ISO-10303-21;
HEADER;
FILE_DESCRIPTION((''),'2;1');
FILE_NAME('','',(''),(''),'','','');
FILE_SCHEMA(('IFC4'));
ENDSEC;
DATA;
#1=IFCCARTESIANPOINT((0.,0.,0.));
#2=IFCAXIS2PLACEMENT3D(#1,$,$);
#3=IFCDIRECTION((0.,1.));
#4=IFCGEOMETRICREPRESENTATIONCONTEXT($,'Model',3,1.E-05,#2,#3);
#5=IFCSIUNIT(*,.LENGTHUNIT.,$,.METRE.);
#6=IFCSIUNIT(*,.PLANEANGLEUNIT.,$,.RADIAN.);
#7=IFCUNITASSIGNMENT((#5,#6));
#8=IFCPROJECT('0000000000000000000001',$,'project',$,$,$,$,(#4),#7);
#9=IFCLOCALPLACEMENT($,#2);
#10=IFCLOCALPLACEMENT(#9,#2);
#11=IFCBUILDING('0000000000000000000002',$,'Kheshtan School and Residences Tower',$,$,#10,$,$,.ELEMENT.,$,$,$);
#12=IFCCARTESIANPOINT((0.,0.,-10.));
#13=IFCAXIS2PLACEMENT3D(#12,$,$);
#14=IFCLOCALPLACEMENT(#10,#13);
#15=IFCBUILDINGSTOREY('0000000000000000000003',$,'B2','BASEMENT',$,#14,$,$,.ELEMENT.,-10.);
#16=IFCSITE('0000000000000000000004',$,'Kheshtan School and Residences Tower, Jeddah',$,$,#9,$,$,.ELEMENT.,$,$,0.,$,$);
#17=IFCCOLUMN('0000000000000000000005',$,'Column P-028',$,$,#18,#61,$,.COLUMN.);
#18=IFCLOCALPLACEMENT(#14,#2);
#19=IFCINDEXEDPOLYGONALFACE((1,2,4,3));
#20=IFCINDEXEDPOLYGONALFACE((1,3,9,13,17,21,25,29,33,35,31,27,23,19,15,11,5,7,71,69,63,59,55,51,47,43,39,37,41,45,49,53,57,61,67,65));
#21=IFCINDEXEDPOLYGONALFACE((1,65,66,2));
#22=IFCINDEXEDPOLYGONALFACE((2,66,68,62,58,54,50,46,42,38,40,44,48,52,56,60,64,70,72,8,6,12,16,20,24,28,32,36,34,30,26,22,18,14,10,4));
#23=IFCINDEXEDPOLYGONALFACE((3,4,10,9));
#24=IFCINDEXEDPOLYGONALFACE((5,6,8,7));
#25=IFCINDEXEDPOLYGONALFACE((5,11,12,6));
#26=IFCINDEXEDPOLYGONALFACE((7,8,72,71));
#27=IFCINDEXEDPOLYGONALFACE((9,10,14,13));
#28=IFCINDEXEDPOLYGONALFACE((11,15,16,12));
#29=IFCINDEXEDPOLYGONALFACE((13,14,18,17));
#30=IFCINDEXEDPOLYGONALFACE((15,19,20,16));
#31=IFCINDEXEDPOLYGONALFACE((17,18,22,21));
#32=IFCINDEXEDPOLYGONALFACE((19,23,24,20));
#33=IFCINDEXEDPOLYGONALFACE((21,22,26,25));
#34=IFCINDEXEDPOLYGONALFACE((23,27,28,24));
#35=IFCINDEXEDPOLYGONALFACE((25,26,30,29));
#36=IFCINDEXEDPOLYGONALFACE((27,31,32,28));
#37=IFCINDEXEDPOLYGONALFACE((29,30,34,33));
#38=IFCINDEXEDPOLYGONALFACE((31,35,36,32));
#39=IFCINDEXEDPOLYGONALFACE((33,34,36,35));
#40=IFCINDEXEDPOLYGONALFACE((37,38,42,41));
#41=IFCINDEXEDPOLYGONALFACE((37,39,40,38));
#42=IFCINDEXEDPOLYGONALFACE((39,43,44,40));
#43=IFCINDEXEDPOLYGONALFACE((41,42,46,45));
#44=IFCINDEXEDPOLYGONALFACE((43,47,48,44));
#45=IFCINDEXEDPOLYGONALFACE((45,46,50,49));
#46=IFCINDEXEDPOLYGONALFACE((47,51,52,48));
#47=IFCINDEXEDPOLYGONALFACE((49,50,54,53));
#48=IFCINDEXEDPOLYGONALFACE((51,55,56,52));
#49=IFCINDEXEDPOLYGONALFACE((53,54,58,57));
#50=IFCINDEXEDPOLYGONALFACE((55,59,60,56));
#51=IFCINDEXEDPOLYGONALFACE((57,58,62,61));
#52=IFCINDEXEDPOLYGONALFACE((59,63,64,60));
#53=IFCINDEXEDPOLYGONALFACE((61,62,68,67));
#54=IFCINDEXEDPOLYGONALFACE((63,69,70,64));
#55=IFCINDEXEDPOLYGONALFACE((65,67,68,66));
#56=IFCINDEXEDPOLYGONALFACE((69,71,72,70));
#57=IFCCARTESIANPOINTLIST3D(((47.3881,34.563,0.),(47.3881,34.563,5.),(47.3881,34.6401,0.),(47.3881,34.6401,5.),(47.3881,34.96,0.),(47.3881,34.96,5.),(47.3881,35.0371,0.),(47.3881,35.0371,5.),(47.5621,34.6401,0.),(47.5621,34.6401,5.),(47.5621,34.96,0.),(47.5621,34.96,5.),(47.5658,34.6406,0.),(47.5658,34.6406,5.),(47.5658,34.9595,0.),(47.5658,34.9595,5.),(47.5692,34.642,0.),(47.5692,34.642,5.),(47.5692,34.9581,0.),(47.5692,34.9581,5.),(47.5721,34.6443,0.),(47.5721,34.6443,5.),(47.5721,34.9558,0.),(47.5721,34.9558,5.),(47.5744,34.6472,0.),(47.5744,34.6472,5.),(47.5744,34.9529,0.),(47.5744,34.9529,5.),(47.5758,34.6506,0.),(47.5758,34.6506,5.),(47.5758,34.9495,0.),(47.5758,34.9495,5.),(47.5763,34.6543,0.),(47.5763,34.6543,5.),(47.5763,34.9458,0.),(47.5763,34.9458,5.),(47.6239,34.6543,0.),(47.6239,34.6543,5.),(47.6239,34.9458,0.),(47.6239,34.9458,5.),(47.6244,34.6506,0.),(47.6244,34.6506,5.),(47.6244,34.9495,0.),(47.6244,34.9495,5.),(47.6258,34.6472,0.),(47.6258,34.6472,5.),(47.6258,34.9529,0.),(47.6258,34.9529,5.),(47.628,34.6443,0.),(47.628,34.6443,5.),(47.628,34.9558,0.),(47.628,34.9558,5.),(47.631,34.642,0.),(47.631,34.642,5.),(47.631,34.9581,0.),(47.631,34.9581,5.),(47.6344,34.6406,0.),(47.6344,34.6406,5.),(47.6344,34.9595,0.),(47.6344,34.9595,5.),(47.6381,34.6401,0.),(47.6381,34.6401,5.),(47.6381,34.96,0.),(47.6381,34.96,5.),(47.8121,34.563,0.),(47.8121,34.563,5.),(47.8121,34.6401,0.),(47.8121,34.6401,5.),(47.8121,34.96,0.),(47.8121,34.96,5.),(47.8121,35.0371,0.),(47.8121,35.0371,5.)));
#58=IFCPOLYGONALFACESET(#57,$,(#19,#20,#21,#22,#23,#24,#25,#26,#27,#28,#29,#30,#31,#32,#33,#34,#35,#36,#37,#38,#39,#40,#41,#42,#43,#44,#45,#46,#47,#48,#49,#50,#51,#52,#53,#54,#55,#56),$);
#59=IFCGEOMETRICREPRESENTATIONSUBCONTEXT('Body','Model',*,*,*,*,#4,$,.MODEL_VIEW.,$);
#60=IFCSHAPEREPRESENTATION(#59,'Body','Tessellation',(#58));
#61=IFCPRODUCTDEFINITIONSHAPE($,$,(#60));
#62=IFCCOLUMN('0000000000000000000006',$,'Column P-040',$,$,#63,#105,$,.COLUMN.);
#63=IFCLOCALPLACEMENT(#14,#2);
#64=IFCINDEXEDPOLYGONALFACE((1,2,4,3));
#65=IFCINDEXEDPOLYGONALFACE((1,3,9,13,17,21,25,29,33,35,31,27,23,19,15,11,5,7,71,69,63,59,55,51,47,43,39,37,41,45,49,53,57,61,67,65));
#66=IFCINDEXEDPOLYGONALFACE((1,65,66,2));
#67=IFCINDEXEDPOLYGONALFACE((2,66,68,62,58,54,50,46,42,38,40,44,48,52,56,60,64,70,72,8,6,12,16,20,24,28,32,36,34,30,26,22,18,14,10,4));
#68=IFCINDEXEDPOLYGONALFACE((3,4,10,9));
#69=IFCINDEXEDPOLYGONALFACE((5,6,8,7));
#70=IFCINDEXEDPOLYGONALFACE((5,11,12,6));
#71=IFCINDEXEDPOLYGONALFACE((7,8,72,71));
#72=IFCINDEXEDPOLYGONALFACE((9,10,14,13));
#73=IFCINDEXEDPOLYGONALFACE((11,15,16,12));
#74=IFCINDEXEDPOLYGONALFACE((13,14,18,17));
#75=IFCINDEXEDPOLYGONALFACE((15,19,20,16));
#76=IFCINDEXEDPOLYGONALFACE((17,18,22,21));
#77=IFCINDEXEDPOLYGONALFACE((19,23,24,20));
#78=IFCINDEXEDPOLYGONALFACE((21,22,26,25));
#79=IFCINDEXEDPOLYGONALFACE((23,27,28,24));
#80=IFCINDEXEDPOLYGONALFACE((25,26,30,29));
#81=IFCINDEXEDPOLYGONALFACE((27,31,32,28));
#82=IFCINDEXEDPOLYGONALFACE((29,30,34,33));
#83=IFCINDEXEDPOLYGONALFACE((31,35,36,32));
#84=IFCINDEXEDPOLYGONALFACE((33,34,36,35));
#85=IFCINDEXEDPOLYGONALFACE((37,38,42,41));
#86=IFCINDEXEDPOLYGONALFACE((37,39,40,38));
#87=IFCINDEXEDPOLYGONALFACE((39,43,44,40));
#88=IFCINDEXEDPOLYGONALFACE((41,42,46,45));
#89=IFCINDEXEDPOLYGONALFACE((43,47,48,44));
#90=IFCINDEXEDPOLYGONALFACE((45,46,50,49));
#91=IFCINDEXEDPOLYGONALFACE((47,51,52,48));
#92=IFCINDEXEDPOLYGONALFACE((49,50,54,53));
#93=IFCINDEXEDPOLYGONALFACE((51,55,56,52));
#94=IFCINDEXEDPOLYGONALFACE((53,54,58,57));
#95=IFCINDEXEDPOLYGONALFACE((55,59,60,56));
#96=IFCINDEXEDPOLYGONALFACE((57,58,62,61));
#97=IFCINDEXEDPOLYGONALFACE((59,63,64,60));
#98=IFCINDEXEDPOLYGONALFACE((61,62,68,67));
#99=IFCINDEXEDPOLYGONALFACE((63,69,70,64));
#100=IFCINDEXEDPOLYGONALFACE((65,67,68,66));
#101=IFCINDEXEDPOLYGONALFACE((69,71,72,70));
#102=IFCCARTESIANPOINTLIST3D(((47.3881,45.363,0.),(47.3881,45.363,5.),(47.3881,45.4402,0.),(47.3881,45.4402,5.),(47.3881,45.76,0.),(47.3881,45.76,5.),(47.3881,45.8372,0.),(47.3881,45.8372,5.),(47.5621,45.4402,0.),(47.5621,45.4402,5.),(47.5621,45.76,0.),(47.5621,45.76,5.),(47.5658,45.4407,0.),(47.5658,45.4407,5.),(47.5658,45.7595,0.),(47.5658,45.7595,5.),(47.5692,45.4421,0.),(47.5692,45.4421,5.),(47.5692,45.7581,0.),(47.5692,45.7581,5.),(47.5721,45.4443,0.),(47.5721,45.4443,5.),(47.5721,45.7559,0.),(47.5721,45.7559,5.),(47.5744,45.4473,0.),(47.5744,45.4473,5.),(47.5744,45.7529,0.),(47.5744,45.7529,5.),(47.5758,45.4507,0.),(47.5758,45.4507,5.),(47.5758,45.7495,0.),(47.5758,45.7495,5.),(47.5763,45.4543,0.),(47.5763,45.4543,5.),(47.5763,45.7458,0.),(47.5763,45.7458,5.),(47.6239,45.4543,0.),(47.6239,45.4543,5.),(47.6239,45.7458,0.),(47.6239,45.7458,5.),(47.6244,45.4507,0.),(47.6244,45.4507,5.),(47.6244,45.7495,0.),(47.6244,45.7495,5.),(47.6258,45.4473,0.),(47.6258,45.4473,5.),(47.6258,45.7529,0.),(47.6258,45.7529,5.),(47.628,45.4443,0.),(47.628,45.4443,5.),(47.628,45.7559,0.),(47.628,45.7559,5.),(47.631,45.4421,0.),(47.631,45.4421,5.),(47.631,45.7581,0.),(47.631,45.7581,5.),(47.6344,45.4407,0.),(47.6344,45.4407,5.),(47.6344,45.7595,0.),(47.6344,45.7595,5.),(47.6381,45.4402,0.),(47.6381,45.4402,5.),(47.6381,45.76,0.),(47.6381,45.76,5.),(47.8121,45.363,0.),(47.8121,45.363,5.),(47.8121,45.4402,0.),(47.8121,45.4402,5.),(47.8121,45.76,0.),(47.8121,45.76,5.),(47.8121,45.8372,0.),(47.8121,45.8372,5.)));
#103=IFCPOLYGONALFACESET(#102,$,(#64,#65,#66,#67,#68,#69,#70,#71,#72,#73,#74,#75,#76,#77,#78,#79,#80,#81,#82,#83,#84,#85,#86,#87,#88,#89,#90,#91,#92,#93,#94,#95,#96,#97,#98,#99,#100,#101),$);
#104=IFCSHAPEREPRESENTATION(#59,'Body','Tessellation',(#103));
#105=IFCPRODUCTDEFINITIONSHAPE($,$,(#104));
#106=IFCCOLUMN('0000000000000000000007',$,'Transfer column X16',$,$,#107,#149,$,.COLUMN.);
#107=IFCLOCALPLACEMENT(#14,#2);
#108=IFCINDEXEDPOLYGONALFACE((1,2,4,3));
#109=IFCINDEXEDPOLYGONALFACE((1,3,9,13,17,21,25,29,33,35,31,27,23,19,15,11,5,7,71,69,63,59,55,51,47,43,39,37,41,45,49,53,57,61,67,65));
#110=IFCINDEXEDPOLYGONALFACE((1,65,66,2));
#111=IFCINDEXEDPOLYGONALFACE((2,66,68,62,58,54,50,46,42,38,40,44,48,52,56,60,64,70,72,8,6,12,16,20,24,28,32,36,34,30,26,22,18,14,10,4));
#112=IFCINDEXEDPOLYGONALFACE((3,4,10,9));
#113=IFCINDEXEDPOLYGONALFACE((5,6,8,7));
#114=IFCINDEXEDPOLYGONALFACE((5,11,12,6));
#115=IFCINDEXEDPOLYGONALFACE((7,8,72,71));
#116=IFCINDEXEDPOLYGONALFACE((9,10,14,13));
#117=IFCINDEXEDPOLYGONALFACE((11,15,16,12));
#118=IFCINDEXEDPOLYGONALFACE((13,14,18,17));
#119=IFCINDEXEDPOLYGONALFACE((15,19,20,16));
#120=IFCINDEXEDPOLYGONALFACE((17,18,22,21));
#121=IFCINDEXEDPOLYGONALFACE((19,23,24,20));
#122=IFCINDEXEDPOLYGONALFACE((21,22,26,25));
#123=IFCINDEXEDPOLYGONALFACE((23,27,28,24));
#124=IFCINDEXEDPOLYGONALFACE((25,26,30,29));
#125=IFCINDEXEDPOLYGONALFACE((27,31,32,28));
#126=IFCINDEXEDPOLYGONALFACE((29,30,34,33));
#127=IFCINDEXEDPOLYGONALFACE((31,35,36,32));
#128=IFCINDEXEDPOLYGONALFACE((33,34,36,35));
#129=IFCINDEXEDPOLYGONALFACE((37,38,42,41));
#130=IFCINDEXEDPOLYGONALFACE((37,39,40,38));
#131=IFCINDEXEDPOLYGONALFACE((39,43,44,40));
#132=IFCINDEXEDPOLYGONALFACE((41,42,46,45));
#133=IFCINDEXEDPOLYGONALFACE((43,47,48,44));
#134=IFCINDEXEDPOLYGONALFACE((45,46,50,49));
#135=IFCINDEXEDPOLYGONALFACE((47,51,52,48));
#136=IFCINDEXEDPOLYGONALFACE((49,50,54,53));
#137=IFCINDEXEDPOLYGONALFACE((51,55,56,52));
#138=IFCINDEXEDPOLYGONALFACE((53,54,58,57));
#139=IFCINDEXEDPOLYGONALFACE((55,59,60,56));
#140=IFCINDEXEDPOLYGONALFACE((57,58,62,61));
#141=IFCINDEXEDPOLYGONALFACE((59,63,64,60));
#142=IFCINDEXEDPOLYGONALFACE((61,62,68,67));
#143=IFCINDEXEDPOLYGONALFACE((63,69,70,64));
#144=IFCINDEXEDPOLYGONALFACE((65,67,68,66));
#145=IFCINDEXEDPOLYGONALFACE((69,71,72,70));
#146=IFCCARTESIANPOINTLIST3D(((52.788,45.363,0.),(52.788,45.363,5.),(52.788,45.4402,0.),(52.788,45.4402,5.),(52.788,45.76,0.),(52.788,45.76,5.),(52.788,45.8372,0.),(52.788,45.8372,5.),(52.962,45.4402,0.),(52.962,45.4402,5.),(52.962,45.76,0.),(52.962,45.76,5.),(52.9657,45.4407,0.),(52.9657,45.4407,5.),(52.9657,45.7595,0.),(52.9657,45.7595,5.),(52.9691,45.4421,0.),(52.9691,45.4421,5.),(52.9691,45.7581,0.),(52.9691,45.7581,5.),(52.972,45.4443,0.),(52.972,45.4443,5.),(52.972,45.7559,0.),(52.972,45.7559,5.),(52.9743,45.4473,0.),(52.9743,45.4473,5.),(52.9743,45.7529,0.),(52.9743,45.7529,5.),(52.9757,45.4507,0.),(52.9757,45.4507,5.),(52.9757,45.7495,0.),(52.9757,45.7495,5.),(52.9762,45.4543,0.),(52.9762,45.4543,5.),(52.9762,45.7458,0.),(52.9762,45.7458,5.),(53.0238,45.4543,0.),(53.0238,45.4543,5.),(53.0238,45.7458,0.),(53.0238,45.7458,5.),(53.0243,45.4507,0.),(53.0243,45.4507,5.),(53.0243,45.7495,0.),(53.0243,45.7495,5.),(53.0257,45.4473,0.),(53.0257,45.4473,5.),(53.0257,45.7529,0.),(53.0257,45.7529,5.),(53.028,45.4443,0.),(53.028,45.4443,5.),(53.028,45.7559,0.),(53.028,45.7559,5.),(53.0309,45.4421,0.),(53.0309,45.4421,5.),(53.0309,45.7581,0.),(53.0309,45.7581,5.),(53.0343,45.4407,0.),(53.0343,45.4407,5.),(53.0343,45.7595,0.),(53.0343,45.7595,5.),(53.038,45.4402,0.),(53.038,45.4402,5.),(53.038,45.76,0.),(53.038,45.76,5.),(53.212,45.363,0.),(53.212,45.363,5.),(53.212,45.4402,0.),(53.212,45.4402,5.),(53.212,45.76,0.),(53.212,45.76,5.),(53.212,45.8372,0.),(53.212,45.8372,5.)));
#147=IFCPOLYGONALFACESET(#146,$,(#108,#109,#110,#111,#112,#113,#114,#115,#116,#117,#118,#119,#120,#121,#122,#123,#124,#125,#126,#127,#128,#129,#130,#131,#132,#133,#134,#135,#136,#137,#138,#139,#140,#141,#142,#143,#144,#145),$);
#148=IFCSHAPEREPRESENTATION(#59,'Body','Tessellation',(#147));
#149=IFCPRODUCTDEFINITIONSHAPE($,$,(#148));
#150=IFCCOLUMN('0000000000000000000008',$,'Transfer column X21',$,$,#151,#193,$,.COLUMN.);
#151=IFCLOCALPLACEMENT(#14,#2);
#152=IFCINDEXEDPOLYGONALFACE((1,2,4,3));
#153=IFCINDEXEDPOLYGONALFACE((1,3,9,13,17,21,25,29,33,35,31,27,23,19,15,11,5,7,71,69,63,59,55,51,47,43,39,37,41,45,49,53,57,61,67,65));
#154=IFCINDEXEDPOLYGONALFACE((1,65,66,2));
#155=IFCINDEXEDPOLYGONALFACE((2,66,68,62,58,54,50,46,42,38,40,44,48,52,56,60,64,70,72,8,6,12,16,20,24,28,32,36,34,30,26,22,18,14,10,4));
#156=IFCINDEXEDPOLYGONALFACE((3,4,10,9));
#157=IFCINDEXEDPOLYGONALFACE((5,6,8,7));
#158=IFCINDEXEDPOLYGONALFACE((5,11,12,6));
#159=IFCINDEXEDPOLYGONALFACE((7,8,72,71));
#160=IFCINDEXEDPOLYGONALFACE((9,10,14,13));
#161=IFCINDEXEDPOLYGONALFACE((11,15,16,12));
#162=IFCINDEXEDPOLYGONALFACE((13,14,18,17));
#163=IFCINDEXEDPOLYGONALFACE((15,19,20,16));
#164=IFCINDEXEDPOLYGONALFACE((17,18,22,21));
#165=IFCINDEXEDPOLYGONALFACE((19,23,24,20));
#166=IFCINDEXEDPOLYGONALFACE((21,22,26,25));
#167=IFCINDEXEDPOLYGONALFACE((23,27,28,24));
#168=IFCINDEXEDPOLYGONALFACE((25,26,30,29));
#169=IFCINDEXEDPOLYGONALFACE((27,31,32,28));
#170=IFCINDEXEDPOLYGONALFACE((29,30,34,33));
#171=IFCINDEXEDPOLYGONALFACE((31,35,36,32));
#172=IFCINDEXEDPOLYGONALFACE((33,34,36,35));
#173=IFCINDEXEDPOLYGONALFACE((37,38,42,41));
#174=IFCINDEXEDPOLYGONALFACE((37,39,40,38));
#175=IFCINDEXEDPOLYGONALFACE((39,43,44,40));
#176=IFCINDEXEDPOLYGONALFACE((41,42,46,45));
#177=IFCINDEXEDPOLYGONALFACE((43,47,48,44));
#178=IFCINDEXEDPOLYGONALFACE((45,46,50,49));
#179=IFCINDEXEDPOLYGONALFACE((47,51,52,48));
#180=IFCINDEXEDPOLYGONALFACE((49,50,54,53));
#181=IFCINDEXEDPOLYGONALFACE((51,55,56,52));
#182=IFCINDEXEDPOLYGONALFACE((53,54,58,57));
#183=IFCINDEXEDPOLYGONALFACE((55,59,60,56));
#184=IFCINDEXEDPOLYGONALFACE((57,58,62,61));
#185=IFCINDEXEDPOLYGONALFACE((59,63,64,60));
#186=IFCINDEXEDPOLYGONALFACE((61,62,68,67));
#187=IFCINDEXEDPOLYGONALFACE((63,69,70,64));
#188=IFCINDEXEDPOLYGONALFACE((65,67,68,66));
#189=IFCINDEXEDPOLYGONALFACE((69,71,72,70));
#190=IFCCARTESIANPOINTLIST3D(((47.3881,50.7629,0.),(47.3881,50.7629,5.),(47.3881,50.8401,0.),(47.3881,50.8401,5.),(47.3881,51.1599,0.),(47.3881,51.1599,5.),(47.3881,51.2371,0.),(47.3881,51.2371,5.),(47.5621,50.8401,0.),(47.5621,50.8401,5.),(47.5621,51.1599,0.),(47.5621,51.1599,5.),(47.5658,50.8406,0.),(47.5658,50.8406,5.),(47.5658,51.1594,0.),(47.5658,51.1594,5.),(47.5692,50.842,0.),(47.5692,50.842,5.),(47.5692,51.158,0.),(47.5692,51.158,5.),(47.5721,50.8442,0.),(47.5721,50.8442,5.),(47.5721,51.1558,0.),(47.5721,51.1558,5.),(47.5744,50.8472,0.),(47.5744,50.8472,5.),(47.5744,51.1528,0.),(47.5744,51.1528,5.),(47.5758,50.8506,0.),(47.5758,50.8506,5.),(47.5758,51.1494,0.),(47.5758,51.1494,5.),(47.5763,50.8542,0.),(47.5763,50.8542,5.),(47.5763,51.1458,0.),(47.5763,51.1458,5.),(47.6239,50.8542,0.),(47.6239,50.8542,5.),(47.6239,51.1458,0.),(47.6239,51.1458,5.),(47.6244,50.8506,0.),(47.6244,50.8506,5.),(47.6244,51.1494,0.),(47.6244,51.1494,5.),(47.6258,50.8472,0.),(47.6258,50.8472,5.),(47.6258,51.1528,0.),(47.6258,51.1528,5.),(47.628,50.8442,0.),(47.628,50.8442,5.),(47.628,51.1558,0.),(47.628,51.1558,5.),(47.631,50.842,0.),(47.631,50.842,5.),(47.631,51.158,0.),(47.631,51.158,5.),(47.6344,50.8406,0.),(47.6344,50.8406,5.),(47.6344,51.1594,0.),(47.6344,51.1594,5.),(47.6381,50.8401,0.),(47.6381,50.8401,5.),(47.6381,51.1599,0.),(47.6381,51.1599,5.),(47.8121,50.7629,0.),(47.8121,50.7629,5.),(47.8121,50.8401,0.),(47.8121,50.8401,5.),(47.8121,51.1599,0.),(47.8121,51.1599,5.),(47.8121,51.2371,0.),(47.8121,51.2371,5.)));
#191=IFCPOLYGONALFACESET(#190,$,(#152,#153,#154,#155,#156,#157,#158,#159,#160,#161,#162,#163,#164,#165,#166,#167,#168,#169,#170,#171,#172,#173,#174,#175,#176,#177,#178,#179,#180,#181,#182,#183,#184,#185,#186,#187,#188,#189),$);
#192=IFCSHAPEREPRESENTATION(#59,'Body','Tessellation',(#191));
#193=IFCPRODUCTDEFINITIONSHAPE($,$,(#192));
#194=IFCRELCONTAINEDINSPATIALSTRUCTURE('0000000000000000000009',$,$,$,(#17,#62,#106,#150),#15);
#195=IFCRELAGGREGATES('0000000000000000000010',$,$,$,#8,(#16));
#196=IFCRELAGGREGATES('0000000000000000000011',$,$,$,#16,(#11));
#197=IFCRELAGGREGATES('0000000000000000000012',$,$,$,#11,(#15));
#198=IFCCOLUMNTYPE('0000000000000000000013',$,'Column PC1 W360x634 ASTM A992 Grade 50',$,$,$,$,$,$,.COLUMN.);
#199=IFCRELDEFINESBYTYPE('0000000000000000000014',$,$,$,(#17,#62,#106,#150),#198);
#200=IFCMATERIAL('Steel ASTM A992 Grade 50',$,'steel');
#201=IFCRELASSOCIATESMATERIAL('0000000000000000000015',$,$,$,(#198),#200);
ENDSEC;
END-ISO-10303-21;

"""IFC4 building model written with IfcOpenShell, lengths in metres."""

from ifc_helpers import new_model, si_unit, direction, frame, origin, origin_2d, place, context, subcontext, project, spatial, i_section, extrude, material, material_profile, profile_set, type_object, element, save


model = new_model("IFC4")

# Units and contexts
model_context = context("Model", 3, precision=1e-05, world=origin(), true_north=direction((0.0, 1.0)))
body_context = subcontext(model_context, "Body", "Model", "MODEL_VIEW")
ifc_project = project(units=[si_unit("LENGTHUNIT", "METRE"), si_unit("PLANEANGLEUNIT", "RADIAN")], contexts=[model_context])

# Site, building, storey
site_placement = place(None, origin())
site = spatial("IfcSite", under=ifc_project, at=site_placement, Name="Kheshtan School and Residences Tower, Jeddah", CompositionType="ELEMENT", RefElevation=0.0)
building_placement = place(site_placement, origin())
building = spatial("IfcBuilding", under=site, at=building_placement, Name="Kheshtan School and Residences Tower", CompositionType="ELEMENT")
storey_placement = place(building_placement, frame((0.0, 0.0, -10.0)))
storey = spatial("IfcBuildingStorey", under=building, at=storey_placement, Name="B2", Description="BASEMENT", CompositionType="ELEMENT", Elevation=-10.0)

# Columns
ifc_material_1 = material(Name="Steel ASTM A992 Grade 50", Category="steel")
ifc_material_profile_1 = material_profile(ifc_material_1, i_section(OverallWidth=0.4241, OverallDepth=0.4741, WebThickness=0.0476, FlangeThickness=0.0771, FilletRadius=0.0142, at=origin_2d()), Name="W360x634")
ifc_profile_set_1 = profile_set([ifc_material_profile_1], Name="Steel ASTM A992 Grade 50")
column_type = type_object("IfcColumnType", Name="Column PC1 W360x634 ASTM A992 Grade 50", PredefinedType="COLUMN", material=ifc_profile_set_1)
for number, where, z_axis, x_axis, name in (
    (1, (47.6001, 34.8, 0.0), (0.0, 0.0, 1.0), (1.0, 0.0, 0.0), "Column P-028"),
    (2, (47.6001, 45.6001, 0.0), (0.0, 0.0, 1.0), (1.0, 0.0, 0.0), "Column P-040"),
    (3, (53.0, 45.6001, 0.0), (0.0, 0.0, 1.0), (1.0, 0.0, 0.0), "Transfer column X16"),
    (4, (47.6001, 51.0, 0.0), (0.0, 0.0, 1.0), (1.0, 0.0, 0.0), "Transfer column X21"),
):
    element("IfcColumn", number, at=place(storey_placement, frame(where, z_axis=z_axis, x_axis=x_axis)), inside=storey, type_object=column_type, Name=name, PredefinedType="COLUMN", context=body_context, shape_type="SweptSolid", body=[
        extrude(i_section(OverallWidth=0.4241, OverallDepth=0.4741, WebThickness=0.0476, FlangeThickness=0.0771, FilletRadius=0.0142, at=origin_2d()), origin(), (0.0, 0.0, 1.0), 5.0),
    ])

save(model, "model.ifc")
